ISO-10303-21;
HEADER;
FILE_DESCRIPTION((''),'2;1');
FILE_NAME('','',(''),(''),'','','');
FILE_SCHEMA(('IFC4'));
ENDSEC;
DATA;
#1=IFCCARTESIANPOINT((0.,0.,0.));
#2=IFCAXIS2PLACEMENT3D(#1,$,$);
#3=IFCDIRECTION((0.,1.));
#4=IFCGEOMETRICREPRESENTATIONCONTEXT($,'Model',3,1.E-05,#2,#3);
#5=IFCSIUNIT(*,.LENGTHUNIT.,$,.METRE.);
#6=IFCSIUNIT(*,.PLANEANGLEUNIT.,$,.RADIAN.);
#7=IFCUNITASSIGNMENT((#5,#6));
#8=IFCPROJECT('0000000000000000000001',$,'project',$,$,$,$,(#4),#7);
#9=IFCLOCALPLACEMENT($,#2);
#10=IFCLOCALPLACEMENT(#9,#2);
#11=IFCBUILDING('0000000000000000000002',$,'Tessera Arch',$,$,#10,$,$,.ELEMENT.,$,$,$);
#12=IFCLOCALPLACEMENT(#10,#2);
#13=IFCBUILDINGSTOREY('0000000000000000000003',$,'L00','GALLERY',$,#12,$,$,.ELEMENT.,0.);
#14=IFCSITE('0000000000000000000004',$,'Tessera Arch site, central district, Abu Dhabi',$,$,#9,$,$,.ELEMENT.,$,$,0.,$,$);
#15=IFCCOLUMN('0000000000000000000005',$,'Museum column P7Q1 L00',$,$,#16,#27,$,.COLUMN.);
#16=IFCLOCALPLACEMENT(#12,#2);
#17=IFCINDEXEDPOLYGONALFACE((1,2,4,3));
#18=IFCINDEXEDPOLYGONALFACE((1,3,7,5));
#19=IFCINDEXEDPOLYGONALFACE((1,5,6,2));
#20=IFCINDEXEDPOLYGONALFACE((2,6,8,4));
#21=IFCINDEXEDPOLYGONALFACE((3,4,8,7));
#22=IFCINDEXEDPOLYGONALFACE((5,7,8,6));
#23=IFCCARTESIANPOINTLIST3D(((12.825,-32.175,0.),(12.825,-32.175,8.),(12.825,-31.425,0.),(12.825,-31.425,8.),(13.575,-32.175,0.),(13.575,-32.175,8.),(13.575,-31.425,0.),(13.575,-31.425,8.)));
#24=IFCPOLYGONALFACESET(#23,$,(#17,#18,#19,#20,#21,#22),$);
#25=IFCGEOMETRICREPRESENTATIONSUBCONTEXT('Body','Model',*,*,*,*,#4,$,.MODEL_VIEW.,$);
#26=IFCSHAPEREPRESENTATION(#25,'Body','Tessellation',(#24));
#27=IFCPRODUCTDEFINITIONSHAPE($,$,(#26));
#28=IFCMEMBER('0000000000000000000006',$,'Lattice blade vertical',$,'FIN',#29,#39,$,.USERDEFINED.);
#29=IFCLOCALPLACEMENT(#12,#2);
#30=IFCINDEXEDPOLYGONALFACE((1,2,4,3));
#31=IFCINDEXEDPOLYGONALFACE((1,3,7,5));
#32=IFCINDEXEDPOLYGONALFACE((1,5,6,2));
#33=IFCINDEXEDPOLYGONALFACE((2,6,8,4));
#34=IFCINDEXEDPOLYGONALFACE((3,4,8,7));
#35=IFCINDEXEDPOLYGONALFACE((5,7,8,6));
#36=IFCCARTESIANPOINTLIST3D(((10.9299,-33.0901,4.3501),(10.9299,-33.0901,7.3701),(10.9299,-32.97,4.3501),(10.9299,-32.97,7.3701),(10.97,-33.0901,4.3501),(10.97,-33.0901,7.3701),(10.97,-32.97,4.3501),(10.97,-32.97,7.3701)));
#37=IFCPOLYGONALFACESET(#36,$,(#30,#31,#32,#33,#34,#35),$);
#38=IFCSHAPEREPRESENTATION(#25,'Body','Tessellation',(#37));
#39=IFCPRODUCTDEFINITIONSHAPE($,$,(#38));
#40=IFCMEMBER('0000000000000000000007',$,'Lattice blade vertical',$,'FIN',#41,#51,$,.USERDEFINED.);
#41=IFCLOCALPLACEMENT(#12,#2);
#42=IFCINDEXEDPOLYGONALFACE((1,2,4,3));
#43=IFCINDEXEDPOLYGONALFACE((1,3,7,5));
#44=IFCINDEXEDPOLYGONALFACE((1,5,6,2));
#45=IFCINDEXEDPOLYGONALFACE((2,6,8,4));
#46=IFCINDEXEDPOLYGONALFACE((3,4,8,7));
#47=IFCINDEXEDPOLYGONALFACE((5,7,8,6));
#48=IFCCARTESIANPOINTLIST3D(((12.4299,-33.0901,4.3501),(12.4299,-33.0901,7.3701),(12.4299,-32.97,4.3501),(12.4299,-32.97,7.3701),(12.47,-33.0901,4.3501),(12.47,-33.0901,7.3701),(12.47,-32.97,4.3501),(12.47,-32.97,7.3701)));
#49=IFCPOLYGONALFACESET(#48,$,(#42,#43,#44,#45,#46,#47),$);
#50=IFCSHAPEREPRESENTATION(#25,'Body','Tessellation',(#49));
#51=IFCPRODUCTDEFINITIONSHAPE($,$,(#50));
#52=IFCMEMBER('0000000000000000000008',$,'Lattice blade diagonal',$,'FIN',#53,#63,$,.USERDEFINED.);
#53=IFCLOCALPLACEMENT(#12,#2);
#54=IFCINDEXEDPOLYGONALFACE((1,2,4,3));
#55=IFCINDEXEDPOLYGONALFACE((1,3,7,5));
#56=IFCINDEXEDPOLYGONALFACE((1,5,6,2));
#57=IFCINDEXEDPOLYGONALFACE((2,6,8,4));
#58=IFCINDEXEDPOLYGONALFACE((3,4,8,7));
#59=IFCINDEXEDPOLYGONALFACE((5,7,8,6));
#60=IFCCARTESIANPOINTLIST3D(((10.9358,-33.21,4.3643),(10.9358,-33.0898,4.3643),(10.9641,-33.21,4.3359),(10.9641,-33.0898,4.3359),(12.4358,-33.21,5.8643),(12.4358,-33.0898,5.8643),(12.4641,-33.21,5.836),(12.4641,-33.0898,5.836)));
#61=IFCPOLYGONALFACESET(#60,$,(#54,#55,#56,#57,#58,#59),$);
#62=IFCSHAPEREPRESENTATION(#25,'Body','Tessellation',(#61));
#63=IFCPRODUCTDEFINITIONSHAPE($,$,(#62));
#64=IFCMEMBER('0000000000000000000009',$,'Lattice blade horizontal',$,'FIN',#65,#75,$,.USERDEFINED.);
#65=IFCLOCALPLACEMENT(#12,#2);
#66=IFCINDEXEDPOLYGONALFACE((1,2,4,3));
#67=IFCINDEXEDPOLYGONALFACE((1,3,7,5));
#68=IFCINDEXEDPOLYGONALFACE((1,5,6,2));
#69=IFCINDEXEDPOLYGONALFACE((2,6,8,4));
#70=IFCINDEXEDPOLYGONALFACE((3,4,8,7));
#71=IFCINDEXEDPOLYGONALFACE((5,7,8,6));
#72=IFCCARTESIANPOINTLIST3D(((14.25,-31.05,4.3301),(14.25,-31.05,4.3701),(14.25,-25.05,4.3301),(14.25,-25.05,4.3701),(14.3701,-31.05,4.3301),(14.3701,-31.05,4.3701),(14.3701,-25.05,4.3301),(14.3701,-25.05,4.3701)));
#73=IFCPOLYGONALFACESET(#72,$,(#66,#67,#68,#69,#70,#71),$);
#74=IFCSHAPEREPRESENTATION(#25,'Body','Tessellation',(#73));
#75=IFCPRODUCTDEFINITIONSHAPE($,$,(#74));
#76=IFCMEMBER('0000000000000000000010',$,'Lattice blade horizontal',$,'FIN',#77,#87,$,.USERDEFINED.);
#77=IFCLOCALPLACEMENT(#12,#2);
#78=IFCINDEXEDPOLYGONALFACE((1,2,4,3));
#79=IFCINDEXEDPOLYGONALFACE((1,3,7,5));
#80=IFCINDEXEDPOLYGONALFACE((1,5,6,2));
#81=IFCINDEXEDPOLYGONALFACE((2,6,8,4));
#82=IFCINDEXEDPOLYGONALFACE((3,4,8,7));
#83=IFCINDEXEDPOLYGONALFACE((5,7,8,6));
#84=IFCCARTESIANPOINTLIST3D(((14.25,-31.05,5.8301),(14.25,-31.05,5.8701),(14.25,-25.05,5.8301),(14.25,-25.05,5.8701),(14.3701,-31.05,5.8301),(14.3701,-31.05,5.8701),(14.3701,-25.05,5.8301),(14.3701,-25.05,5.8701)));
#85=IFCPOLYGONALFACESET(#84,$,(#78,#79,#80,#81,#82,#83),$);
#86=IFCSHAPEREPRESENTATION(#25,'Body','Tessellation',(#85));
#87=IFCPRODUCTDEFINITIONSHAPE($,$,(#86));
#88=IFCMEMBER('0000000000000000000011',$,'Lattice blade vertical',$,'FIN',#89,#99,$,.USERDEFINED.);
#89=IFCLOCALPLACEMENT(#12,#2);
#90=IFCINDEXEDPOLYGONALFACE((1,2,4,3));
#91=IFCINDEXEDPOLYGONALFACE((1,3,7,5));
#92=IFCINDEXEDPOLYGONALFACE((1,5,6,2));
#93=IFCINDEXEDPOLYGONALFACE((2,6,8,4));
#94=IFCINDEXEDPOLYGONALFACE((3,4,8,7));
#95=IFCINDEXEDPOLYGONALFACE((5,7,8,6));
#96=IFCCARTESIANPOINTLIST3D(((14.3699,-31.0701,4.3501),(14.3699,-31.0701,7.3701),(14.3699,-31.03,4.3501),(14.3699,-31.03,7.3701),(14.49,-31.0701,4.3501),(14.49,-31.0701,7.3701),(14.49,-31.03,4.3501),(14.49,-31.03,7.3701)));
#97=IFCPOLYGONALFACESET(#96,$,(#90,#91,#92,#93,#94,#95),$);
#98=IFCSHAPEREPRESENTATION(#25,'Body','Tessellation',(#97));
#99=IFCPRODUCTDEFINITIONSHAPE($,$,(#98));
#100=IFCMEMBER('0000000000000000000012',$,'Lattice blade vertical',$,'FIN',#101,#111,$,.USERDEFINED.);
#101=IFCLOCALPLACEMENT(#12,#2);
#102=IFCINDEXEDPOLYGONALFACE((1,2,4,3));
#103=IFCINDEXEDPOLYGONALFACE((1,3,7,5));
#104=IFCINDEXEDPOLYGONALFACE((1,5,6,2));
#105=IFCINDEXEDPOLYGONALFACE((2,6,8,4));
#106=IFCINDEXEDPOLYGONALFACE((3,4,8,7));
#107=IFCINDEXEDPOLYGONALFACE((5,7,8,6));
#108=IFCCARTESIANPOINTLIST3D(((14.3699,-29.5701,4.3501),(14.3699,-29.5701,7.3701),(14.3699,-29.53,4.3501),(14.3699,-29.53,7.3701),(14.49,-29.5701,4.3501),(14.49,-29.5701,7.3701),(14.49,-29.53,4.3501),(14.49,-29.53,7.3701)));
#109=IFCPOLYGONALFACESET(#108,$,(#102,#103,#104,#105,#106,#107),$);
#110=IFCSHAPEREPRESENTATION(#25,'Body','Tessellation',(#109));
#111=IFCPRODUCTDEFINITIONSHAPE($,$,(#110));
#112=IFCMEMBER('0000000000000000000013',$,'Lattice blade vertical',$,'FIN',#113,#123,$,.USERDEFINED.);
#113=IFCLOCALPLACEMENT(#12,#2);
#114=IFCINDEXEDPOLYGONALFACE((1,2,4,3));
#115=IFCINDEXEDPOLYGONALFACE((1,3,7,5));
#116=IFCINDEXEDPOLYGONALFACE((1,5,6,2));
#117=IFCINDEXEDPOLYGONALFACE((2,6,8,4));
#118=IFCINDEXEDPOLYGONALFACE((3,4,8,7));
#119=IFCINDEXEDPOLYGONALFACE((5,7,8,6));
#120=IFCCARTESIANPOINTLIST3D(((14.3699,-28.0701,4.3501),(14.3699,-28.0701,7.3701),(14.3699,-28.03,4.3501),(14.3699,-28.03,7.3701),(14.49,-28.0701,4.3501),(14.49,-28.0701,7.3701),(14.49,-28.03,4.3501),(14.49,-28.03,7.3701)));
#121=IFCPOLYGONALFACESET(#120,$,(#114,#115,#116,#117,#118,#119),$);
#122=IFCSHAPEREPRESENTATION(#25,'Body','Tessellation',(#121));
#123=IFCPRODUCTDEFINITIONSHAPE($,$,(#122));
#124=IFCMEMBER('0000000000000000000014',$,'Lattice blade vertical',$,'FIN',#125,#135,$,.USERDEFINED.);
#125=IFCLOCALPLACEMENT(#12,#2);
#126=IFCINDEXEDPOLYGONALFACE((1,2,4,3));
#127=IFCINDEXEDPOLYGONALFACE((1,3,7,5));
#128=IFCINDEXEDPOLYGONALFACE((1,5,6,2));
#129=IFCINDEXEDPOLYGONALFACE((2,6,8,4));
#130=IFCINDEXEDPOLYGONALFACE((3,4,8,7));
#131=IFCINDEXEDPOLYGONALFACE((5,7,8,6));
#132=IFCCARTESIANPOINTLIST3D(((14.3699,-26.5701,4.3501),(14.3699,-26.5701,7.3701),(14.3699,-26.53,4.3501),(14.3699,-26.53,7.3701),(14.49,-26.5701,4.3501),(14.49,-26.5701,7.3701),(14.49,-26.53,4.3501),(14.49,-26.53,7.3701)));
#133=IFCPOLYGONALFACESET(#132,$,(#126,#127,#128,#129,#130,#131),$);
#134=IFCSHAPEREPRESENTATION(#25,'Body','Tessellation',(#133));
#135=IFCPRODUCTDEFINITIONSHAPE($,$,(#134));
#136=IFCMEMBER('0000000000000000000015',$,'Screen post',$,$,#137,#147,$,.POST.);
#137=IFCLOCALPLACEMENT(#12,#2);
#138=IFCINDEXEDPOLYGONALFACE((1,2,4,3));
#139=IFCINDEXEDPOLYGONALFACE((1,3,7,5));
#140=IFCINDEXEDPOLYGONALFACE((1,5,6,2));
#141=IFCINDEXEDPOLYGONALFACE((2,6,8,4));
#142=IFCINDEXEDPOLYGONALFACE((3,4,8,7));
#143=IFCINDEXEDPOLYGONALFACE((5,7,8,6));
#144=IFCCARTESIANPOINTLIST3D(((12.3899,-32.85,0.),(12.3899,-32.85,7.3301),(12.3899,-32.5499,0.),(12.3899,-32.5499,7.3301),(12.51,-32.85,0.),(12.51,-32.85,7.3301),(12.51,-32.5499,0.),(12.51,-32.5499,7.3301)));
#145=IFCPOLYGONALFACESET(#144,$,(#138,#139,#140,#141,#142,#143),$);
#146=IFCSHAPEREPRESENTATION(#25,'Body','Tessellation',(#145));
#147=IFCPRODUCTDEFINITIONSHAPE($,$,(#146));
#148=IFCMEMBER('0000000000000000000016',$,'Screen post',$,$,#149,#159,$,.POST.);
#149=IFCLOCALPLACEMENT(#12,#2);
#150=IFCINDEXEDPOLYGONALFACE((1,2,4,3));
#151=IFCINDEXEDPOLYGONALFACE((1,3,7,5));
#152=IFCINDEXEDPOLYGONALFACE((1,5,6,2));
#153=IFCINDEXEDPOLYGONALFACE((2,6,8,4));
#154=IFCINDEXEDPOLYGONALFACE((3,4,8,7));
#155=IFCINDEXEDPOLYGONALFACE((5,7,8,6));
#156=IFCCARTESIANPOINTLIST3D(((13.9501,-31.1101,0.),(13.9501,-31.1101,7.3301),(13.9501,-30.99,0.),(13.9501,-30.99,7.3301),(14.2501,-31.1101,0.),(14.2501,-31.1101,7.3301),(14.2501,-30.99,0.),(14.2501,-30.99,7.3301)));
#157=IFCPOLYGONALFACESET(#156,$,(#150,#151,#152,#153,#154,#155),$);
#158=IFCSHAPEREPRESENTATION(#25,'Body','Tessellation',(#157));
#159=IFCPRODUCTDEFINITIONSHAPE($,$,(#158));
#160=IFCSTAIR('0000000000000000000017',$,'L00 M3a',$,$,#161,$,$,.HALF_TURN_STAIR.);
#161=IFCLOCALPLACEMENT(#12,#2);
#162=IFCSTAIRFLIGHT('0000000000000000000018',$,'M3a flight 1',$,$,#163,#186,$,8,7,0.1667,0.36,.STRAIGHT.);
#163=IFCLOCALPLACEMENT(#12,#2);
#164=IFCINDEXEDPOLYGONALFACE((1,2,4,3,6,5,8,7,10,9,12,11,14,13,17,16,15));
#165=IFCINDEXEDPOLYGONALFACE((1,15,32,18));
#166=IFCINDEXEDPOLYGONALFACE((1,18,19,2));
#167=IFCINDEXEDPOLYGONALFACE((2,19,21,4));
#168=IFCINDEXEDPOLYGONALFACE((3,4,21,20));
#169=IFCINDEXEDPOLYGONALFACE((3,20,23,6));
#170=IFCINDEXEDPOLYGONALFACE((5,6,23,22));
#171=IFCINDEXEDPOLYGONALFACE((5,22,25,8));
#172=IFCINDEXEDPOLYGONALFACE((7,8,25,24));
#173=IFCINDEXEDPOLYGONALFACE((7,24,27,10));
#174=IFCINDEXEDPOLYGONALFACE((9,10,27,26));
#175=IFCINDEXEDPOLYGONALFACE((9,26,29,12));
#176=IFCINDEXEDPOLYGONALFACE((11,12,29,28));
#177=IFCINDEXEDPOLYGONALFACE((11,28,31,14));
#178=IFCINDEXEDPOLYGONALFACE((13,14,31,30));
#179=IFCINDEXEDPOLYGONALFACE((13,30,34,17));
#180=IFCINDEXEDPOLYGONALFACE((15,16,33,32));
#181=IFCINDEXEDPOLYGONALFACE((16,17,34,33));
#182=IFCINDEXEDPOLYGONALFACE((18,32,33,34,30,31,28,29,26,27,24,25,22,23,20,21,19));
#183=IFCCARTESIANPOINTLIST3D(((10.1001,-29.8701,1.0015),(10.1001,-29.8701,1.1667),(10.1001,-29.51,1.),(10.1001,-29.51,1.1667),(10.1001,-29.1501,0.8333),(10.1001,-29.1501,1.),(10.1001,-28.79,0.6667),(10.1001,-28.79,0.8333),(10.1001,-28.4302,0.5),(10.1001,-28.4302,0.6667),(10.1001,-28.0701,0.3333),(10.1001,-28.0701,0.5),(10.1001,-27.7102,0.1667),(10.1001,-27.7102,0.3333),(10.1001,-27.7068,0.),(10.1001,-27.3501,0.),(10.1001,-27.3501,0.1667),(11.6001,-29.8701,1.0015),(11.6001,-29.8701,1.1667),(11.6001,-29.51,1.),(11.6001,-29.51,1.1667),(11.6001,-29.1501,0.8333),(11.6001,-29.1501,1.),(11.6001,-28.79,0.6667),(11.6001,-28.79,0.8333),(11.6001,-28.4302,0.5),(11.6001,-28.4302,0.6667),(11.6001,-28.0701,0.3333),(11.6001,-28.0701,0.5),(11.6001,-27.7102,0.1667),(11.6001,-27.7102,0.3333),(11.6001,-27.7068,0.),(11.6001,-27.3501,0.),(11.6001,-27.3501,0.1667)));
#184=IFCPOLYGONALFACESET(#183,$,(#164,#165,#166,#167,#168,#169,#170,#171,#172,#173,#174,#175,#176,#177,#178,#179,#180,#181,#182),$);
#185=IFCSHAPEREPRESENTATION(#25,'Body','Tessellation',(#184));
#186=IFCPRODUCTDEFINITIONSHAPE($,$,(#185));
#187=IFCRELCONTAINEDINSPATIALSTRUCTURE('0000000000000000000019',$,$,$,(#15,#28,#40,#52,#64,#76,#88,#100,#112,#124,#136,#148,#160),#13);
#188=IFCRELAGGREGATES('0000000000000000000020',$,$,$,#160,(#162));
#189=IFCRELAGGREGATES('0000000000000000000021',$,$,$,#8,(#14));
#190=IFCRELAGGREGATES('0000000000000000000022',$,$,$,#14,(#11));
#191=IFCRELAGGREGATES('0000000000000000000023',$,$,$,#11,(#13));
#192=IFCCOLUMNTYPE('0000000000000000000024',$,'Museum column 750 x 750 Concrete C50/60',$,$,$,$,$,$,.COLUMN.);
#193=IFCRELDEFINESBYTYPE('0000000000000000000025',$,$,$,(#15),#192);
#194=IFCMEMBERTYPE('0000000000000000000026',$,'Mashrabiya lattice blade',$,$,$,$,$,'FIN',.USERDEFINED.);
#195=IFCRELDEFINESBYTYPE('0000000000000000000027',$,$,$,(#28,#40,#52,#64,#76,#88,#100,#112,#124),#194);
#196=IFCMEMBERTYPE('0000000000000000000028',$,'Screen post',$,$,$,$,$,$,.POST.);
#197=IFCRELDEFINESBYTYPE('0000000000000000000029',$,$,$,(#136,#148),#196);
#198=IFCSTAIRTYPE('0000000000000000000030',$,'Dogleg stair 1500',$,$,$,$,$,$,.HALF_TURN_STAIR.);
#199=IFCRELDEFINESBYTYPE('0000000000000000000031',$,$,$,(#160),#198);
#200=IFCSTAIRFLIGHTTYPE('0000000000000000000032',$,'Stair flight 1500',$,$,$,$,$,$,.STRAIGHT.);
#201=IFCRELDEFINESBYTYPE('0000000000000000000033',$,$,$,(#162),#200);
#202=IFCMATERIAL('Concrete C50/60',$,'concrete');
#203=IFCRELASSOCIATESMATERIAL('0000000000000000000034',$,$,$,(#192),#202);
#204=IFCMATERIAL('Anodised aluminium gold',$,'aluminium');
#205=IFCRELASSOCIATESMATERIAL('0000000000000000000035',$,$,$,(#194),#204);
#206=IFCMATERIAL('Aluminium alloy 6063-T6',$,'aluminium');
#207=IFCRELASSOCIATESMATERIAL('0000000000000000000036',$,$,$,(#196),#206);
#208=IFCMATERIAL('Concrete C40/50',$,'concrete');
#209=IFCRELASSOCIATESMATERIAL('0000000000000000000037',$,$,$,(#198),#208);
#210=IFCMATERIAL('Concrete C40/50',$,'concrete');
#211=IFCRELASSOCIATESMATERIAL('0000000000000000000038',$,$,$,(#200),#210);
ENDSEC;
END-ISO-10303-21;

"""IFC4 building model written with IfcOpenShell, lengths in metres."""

from ifc_helpers import new_model, si_unit, direction, frame, origin, origin_2d, place, context, subcontext, project, spatial, polyline, rectangle, outline, extrude, material, material_profile, profile_set, type_object, element, aggregate, save


model = new_model("IFC4")

# Units and contexts
model_context = context("Model", 3, precision=1e-05, world=origin(), true_north=direction((0.0, 1.0)))
body_context = subcontext(model_context, "Body", "Model", "MODEL_VIEW")
ifc_project = project(units=[si_unit("LENGTHUNIT", "METRE"), si_unit("PLANEANGLEUNIT", "RADIAN")], contexts=[model_context])

# Site, building, storey
site_placement = place(None, origin())
site = spatial("IfcSite", under=ifc_project, at=site_placement, Name="Tessera Arch site, central district, Abu Dhabi", CompositionType="ELEMENT", RefElevation=0.0)
building_placement = place(site_placement, origin())
building = spatial("IfcBuilding", under=site, at=building_placement, Name="Tessera Arch", CompositionType="ELEMENT")
storey_placement = place(building_placement, origin())
storey = spatial("IfcBuildingStorey", under=building, at=storey_placement, Name="L00", Description="GALLERY", CompositionType="ELEMENT", Elevation=0.0)

# Column
ifc_material_1 = material(Name="Concrete C50/60", Category="concrete")
ifc_material_profile_1 = material_profile(ifc_material_1, rectangle(XDim=0.75, YDim=0.75, at=origin_2d()), Name="Museum column 750 x 750 Concrete C50/60")
ifc_profile_set_1 = profile_set([ifc_material_profile_1], Name="Concrete C50/60")
column_type = type_object("IfcColumnType", Name="Museum column 750 x 750 Concrete C50/60", PredefinedType="COLUMN", material=ifc_profile_set_1)
column_placement = place(storey_placement, frame((13.2, -31.8, 0.0), z_axis=(0.0, 0.0, 1.0), x_axis=(1.0, 0.0, 0.0)))
element("IfcColumn", 1, at=column_placement, inside=storey, type_object=column_type, Name="Museum column P7Q1 L00", PredefinedType="COLUMN", context=body_context, shape_type="SweptSolid", body=[
    extrude(rectangle(XDim=0.75, YDim=0.75, at=origin_2d()), origin(), (0.0, 0.0, 1.0), 8.0),
])

# Members
ifc_material_2 = material(Name="Anodised aluminium gold", Category="aluminium")
ifc_material_profile_2 = material_profile(ifc_material_2, rectangle(XDim=0.1201, YDim=0.04, at=origin_2d()), Name="AL 40x120")
ifc_profile_set_2 = profile_set([ifc_material_profile_2], Name="Anodised aluminium gold")
member_type_1 = type_object("IfcMemberType", Name="Mashrabiya lattice blade", ElementType="FIN", PredefinedType="USERDEFINED", material=ifc_profile_set_2)
for number, where, z_axis, x_axis, name in (
    (2, (10.95, -33.03, 4.3501), (0.0, 0.0, 1.0), (0.0, -1.0, 0.0), "Lattice blade vertical"),
    (3, (12.45, -33.03, 4.3501), (0.0, 0.0, 1.0), (0.0, -1.0, 0.0), "Lattice blade vertical"),
):
    element("IfcMember", number, at=place(storey_placement, frame(where, z_axis=z_axis, x_axis=x_axis)), inside=storey, type_object=member_type_1, Name=name, ObjectType="FIN", PredefinedType="USERDEFINED", context=body_context, shape_type="SweptSolid", body=[
        extrude(rectangle(XDim=0.1201, YDim=0.04, at=origin_2d()), origin(), (0.0, 0.0, 1.0), 3.02),
    ])
member_placement = place(storey_placement, frame((10.95, -33.1499, 4.3501), z_axis=(0.707107, 0.0, 0.707107), x_axis=(0.0, 1.0, 0.0)))
element("IfcMember", 4, at=member_placement, inside=storey, type_object=member_type_1, Name="Lattice blade diagonal", ObjectType="FIN", PredefinedType="USERDEFINED", context=body_context, shape_type="SweptSolid", body=[
    extrude(rectangle(XDim=0.1201, YDim=0.04, at=origin_2d()), origin(), (0.0, 0.0, 1.0), 2.1213),
])
for number, where, z_axis, x_axis, name in (
    (5, (14.3101, -31.05, 4.3501), (0.0, 1.0, 0.0), (-1.0, 0.0, 0.0), "Lattice blade horizontal"),
    (6, (14.3101, -31.05, 5.8501), (0.0, 1.0, 0.0), (-1.0, 0.0, 0.0), "Lattice blade horizontal"),
):
    element("IfcMember", number, at=place(storey_placement, frame(where, z_axis=z_axis, x_axis=x_axis)), inside=storey, type_object=member_type_1, Name=name, ObjectType="FIN", PredefinedType="USERDEFINED", context=body_context, shape_type="SweptSolid", body=[
        extrude(rectangle(XDim=0.1201, YDim=0.04, at=origin_2d()), origin(), (0.0, 0.0, 1.0), 6.0),
    ])
for number, where, z_axis, x_axis, name in (
    (7, (14.4299, -31.05, 4.3501), (0.0, 0.0, 1.0), (1.0, 0.0, 0.0), "Lattice blade vertical"),
    (8, (14.4299, -29.55, 4.3501), (0.0, 0.0, 1.0), (1.0, 0.0, 0.0), "Lattice blade vertical"),
    (9, (14.4299, -28.05, 4.3501), (0.0, 0.0, 1.0), (1.0, 0.0, 0.0), "Lattice blade vertical"),
    (10, (14.4299, -26.55, 4.3501), (0.0, 0.0, 1.0), (1.0, 0.0, 0.0), "Lattice blade vertical"),
):
    element("IfcMember", number, at=place(storey_placement, frame(where, z_axis=z_axis, x_axis=x_axis)), inside=storey, type_object=member_type_1, Name=name, ObjectType="FIN", PredefinedType="USERDEFINED", context=body_context, shape_type="SweptSolid", body=[
        extrude(rectangle(XDim=0.1201, YDim=0.04, at=origin_2d()), origin(), (0.0, 0.0, 1.0), 3.02),
    ])
ifc_material_3 = material(Name="Aluminium alloy 6063-T6", Category="aluminium")
ifc_material_profile_3 = material_profile(ifc_material_3, rectangle(XDim=0.3, YDim=0.1201, at=origin_2d()), Name="AL 120x300")
ifc_profile_set_3 = profile_set([ifc_material_profile_3], Name="Aluminium alloy 6063-T6")
member_type_2 = type_object("IfcMemberType", Name="Screen post", PredefinedType="POST", material=ifc_profile_set_3)
for number, where, z_axis, x_axis, name in (
    (11, (12.45, -32.7, 0.0), (0.0, 0.0, 1.0), (0.0, -1.0, 0.0), "Screen post"),
    (12, (14.1001, -31.05, 0.0), (0.0, 0.0, 1.0), (1.0, 0.0, 0.0), "Screen post"),
):
    element("IfcMember", number, at=place(storey_placement, frame(where, z_axis=z_axis, x_axis=x_axis)), inside=storey, type_object=member_type_2, Name=name, PredefinedType="POST", context=body_context, shape_type="SweptSolid", body=[
        extrude(rectangle(XDim=0.3, YDim=0.1201, at=origin_2d()), origin(), (0.0, 0.0, 1.0), 7.3301),
    ])

# Stair, stair flight
ifc_material_4 = material(Name="Concrete C40/50", Category="concrete")
stair_type = type_object("IfcStairType", Name="Dogleg stair 1500", PredefinedType="HALF_TURN_STAIR", material=ifc_material_4)
stair_placement = place(storey_placement, origin())
stair = element("IfcStair", 13, at=stair_placement, inside=storey, type_object=stair_type, Name="L00 M3a", PredefinedType="HALF_TURN_STAIR")
ifc_material_5 = material(Name="Concrete C40/50", Category="concrete")
stair_flight_type = type_object("IfcStairFlightType", Name="Stair flight 1500", PredefinedType="STRAIGHT", material=ifc_material_5)
stair_flight_1_placement = place(storey_placement, frame((10.8501, -27.3501, 0.0), z_axis=(0.0, 0.0, 1.0), x_axis=(0.0, -1.0, 0.0)))
stair_flight_1 = element("IfcStairFlight", 14, at=stair_flight_1_placement, type_object=stair_flight_type, Name="M3a flight 1", NumberOfRisers=8, NumberOfTreads=7, PredefinedType="STRAIGHT", RiserHeight=0.1667, TreadLength=0.36, context=body_context, shape_type="SweptSolid", body=[
    extrude(outline(polyline([(0.0, 0.0), (0.0, 0.1667), (0.3601, 0.1667), (0.3601, 0.3333), (0.72, 0.3333), (0.72, 0.5), (1.0801, 0.5), (1.0801, 0.6667), (1.4399, 0.6667), (1.4399, 0.8333), (1.8, 0.8333), (1.8, 1.0), (2.1599, 1.0), (2.1599, 1.1667), (2.52, 1.1667), (2.52, 1.3333), (2.52, 1.0015), (0.3567, 0.0), (0.0, 0.0)])), frame((0.0, 0.75, 0.0), z_axis=(0.0, -1.0, 0.0), x_axis=(1.0, 0.0, 0.0)), (0.0, 0.0, 1.0), 1.5),
])
aggregate(stair, [stair_flight_1])

save(model, "model.ifc")
